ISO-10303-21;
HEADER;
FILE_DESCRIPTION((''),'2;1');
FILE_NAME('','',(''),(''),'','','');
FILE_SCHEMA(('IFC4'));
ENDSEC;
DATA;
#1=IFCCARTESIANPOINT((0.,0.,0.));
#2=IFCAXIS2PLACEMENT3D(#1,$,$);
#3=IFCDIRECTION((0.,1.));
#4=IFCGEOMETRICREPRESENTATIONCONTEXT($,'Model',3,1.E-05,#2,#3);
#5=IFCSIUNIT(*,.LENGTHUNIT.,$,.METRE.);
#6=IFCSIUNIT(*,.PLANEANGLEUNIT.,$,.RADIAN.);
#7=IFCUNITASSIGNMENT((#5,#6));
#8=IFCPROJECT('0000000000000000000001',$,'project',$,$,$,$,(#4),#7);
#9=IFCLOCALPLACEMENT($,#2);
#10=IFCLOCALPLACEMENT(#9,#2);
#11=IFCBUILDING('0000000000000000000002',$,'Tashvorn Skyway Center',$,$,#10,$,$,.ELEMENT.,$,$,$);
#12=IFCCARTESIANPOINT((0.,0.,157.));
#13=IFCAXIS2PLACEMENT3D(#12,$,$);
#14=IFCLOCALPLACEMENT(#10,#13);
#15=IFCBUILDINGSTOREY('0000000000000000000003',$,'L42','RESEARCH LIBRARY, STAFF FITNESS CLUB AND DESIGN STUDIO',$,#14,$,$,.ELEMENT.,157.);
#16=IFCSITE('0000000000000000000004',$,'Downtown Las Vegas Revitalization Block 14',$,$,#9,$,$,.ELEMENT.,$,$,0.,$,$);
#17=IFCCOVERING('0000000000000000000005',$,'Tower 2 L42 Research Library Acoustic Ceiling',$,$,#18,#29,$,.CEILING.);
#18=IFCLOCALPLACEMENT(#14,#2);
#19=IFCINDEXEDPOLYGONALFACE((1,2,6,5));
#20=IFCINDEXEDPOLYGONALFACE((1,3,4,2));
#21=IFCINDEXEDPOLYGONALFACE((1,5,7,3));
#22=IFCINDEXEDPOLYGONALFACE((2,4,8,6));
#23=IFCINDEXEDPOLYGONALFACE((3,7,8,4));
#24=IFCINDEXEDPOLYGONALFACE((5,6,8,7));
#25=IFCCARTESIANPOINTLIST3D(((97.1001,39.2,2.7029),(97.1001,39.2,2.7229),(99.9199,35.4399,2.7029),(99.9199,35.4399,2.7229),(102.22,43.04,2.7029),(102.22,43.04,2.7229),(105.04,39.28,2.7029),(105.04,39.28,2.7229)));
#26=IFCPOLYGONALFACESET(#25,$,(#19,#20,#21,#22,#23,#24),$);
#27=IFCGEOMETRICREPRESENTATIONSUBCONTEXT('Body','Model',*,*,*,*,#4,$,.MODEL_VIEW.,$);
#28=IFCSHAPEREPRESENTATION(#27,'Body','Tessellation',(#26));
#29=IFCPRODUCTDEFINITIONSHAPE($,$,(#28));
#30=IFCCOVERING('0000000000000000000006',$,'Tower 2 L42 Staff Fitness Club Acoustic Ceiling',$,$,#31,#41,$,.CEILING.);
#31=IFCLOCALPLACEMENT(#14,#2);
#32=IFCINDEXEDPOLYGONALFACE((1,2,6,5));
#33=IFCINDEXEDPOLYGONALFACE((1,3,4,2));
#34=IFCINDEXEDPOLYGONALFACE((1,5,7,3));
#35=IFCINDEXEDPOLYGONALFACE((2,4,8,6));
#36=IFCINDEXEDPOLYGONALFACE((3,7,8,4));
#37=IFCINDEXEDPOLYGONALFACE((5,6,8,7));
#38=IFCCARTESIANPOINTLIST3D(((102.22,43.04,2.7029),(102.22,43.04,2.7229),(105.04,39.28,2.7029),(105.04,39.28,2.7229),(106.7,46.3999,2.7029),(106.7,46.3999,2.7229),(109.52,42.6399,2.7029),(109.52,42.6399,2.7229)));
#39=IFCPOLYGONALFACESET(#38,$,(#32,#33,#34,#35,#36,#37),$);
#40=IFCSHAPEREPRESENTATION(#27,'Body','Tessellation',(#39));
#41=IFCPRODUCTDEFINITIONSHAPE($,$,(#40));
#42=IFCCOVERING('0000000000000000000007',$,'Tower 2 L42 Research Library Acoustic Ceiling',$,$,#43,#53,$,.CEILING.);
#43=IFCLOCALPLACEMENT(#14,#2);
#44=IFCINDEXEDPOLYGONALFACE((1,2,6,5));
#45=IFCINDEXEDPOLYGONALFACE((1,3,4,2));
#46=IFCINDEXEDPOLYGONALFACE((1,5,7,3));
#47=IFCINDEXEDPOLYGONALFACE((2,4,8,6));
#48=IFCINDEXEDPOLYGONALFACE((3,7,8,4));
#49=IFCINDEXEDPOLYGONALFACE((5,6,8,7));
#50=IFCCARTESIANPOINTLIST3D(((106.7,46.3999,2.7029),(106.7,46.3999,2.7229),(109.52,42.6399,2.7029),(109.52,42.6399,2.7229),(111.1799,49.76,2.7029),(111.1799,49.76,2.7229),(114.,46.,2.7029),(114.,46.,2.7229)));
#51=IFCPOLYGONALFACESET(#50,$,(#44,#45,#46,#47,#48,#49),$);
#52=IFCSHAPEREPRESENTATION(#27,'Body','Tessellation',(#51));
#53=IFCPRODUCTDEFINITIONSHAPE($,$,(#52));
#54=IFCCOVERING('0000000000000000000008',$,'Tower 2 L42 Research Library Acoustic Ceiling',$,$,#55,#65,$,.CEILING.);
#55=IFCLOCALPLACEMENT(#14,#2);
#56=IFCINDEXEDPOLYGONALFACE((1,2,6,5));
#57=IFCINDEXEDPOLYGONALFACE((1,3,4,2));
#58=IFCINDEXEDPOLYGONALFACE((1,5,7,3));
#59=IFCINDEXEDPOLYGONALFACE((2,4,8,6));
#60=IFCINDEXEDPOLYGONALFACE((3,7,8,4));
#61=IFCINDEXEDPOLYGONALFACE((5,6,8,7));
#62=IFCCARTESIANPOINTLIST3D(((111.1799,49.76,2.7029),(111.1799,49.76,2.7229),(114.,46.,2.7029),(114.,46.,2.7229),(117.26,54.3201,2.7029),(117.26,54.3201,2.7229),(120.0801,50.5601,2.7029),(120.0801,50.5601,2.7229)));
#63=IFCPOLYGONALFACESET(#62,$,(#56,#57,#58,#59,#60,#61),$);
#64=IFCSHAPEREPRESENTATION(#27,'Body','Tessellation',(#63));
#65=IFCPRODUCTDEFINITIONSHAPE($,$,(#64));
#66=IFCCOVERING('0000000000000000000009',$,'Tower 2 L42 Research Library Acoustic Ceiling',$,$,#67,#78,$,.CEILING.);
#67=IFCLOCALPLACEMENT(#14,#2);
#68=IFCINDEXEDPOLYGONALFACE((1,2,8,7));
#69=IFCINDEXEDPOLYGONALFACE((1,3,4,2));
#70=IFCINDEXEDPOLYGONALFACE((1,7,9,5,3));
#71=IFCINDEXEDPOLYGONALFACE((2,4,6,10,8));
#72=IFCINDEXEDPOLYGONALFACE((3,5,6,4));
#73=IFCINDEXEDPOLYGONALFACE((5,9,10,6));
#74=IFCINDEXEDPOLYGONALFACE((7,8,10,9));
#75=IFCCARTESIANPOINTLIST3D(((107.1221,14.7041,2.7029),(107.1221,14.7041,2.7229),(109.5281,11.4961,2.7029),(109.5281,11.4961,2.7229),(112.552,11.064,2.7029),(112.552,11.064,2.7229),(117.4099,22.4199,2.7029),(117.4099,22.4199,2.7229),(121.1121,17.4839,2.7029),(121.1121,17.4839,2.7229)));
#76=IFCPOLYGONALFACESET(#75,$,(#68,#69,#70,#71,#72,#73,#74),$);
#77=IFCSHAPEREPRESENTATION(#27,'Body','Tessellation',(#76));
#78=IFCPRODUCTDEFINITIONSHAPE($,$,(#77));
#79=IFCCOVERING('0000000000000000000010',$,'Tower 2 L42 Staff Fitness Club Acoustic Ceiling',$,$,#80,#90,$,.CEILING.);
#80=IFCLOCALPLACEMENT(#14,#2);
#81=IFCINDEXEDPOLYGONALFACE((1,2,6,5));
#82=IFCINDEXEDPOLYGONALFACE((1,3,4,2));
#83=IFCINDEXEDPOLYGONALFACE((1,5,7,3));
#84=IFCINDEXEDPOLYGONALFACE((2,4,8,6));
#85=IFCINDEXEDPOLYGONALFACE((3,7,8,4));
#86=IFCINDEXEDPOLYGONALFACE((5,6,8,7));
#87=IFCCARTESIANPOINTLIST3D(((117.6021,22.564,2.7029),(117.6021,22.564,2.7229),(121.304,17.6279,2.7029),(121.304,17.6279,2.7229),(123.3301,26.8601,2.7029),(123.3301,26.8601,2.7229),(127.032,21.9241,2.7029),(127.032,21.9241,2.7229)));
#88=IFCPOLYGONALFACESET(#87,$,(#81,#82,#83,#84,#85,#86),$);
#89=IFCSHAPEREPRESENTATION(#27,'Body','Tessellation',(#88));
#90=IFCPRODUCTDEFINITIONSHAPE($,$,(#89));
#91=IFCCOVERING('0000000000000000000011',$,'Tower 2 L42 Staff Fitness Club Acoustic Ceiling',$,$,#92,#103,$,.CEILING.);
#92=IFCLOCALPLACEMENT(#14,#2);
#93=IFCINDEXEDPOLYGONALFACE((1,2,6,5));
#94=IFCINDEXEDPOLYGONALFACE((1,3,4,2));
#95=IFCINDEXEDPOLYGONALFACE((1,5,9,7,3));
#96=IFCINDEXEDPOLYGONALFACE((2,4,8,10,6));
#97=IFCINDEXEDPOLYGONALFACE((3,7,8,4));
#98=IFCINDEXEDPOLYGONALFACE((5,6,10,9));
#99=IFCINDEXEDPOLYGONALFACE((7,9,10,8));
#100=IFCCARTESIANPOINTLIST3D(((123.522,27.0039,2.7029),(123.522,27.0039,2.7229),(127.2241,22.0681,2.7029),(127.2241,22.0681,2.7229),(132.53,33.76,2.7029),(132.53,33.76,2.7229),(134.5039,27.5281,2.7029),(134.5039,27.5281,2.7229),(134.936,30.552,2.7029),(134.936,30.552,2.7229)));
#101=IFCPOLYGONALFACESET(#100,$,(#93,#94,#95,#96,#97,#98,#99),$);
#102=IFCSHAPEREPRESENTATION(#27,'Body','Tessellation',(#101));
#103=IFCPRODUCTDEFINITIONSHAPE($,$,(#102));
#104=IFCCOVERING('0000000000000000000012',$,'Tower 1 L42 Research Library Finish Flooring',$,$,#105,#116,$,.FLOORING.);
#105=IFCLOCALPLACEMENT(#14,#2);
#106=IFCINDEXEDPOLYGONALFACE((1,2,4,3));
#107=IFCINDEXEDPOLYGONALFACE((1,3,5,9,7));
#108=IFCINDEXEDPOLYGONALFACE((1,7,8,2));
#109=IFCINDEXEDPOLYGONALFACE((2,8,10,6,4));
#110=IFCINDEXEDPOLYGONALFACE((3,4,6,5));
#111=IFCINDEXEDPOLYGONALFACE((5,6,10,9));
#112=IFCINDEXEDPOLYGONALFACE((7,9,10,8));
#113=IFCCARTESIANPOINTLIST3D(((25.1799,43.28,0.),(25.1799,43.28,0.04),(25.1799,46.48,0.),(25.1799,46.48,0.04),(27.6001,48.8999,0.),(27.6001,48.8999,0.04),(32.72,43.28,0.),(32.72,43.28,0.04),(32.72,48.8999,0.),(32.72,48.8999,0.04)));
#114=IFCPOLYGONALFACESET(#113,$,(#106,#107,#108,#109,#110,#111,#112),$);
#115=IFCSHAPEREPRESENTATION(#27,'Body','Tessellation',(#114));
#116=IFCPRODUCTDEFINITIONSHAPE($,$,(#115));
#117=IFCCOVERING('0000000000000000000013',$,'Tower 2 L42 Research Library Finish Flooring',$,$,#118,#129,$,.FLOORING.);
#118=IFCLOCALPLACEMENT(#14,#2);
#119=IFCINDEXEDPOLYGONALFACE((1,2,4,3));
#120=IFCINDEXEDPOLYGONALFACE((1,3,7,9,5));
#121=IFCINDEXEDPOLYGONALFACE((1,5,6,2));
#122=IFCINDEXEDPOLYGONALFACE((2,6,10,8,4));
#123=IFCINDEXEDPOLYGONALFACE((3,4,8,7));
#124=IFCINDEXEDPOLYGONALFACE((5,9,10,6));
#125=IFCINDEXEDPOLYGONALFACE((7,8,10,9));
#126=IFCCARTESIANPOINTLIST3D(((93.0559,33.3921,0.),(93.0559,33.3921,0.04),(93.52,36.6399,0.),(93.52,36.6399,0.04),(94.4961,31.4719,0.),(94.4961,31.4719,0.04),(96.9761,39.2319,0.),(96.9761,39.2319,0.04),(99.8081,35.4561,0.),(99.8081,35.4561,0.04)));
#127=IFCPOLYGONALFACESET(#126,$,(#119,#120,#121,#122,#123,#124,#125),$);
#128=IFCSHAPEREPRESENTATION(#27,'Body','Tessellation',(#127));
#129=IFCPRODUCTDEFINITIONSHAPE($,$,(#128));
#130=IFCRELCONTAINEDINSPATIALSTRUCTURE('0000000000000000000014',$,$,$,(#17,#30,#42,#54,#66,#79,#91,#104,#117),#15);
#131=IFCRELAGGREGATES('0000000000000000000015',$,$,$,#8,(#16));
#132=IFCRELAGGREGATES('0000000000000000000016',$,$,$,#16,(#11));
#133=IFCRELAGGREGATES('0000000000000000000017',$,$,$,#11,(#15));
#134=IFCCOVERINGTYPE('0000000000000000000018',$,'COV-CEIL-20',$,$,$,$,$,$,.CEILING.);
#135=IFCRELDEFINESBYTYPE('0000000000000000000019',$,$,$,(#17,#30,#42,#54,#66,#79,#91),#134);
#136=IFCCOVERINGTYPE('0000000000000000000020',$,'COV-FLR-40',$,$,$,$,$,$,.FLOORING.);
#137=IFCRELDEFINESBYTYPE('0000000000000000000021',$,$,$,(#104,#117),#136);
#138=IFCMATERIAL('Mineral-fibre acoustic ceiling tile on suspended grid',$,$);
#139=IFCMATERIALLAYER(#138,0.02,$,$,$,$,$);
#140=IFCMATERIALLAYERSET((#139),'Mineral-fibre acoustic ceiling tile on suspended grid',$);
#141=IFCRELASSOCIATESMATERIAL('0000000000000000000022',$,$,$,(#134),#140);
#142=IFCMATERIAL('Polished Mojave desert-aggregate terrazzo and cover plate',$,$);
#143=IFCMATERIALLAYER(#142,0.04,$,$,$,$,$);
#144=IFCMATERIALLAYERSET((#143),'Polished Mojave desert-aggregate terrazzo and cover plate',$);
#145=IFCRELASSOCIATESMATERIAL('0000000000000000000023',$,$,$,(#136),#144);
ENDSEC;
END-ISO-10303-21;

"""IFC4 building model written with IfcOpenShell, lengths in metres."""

from ifc_helpers import new_model, si_unit, direction, frame, origin, place, context, subcontext, project, spatial, polyline, outline, extrude, material, layer, layer_set, type_object, element, save


model = new_model("IFC4")

# Units and contexts
model_context = context("Model", 3, precision=1e-05, world=origin(), true_north=direction((0.0, 1.0)))
body_context = subcontext(model_context, "Body", "Model", "MODEL_VIEW")
ifc_project = project(units=[si_unit("LENGTHUNIT", "METRE"), si_unit("PLANEANGLEUNIT", "RADIAN")], contexts=[model_context])

# Site, building, storey
site_placement = place(None, origin())
site = spatial("IfcSite", under=ifc_project, at=site_placement, Name="Downtown Las Vegas Revitalization Block 14", CompositionType="ELEMENT", RefElevation=0.0)
building_placement = place(site_placement, origin())
building = spatial("IfcBuilding", under=site, at=building_placement, Name="Tashvorn Skyway Center", CompositionType="ELEMENT")
storey_placement = place(building_placement, frame((0.0, 0.0, 157.0)))
storey = spatial("IfcBuildingStorey", under=building, at=storey_placement, Name="L42", Description="RESEARCH LIBRARY, STAFF FITNESS CLUB AND DESIGN STUDIO", CompositionType="ELEMENT", Elevation=157.0)

# Coverings
ifc_material_1 = material(Name="Mineral-fibre acoustic ceiling tile on suspended grid")
ifc_layer_1 = layer(ifc_material_1, 0.02)
ifc_layer_set_1 = layer_set([ifc_layer_1], Name="Mineral-fibre acoustic ceiling tile on suspended grid")
covering_type_1 = type_object("IfcCoveringType", Name="COV-CEIL-20", PredefinedType="CEILING", material=ifc_layer_set_1)
covering_1_placement = place(storey_placement, frame((0.0, 0.0, 2.7029)))
element("IfcCovering", 1, at=covering_1_placement, inside=storey, type_object=covering_type_1, Name="Tower 2 L42 Research Library Acoustic Ceiling", PredefinedType="CEILING", context=body_context, shape_type="SweptSolid", body=[
    extrude(outline(polyline([(99.9199, 35.4399), (105.04, 39.28), (102.22, 43.04), (97.1001, 39.2), (99.9199, 35.4399)])), origin(), (0.0, 0.0, 1.0), 0.02),
])
covering_2_placement = place(storey_placement, frame((0.0, 0.0, 2.7029)))
element("IfcCovering", 2, at=covering_2_placement, inside=storey, type_object=covering_type_1, Name="Tower 2 L42 Staff Fitness Club Acoustic Ceiling", PredefinedType="CEILING", context=body_context, shape_type="SweptSolid", body=[
    extrude(outline(polyline([(105.04, 39.28), (109.52, 42.6399), (106.7, 46.3999), (102.22, 43.04), (105.04, 39.28)])), origin(), (0.0, 0.0, 1.0), 0.02),
])
covering_3_placement = place(storey_placement, frame((0.0, 0.0, 2.7029)))
element("IfcCovering", 3, at=covering_3_placement, inside=storey, type_object=covering_type_1, Name="Tower 2 L42 Research Library Acoustic Ceiling", PredefinedType="CEILING", context=body_context, shape_type="SweptSolid", body=[
    extrude(outline(polyline([(109.52, 42.6399), (114.0, 46.0), (111.1799, 49.76), (106.7, 46.3999), (109.52, 42.6399)])), origin(), (0.0, 0.0, 1.0), 0.02),
])
covering_4_placement = place(storey_placement, frame((0.0, 0.0, 2.7029)))
element("IfcCovering", 4, at=covering_4_placement, inside=storey, type_object=covering_type_1, Name="Tower 2 L42 Research Library Acoustic Ceiling", PredefinedType="CEILING", context=body_context, shape_type="SweptSolid", body=[
    extrude(outline(polyline([(114.0, 46.0), (120.0801, 50.5601), (117.26, 54.3201), (111.1799, 49.76), (114.0, 46.0)])), origin(), (0.0, 0.0, 1.0), 0.02),
])
covering_5_placement = place(storey_placement, frame((0.0, 0.0, 2.7029)))
element("IfcCovering", 5, at=covering_5_placement, inside=storey, type_object=covering_type_1, Name="Tower 2 L42 Research Library Acoustic Ceiling", PredefinedType="CEILING", context=body_context, shape_type="SweptSolid", body=[
    extrude(outline(polyline([(107.1221, 14.7041), (117.4099, 22.4199), (121.1121, 17.4839), (112.552, 11.064), (109.5281, 11.4961), (107.1221, 14.7041)])), origin(), (0.0, 0.0, 1.0), 0.02),
])
covering_6_placement = place(storey_placement, frame((0.0, 0.0, 2.7029)))
element("IfcCovering", 6, at=covering_6_placement, inside=storey, type_object=covering_type_1, Name="Tower 2 L42 Staff Fitness Club Acoustic Ceiling", PredefinedType="CEILING", context=body_context, shape_type="SweptSolid", body=[
    extrude(outline(polyline([(117.6021, 22.564), (123.3301, 26.8601), (127.032, 21.9241), (121.304, 17.6279), (117.6021, 22.564)])), origin(), (0.0, 0.0, 1.0), 0.02),
])
covering_7_placement = place(storey_placement, frame((0.0, 0.0, 2.7029)))
element("IfcCovering", 7, at=covering_7_placement, inside=storey, type_object=covering_type_1, Name="Tower 2 L42 Staff Fitness Club Acoustic Ceiling", PredefinedType="CEILING", context=body_context, shape_type="SweptSolid", body=[
    extrude(outline(polyline([(127.2241, 22.0681), (123.522, 27.0039), (132.53, 33.76), (134.936, 30.552), (134.5039, 27.5281), (127.2241, 22.0681)])), origin(), (0.0, 0.0, 1.0), 0.02),
])
ifc_material_2 = material(Name="Polished Mojave desert-aggregate terrazzo and cover plate")
ifc_layer_2 = layer(ifc_material_2, 0.04)
ifc_layer_set_2 = layer_set([ifc_layer_2], Name="Polished Mojave desert-aggregate terrazzo and cover plate")
covering_type_2 = type_object("IfcCoveringType", Name="COV-FLR-40", PredefinedType="FLOORING", material=ifc_layer_set_2)
covering_8_placement = place(storey_placement, origin())
element("IfcCovering", 8, at=covering_8_placement, inside=storey, type_object=covering_type_2, Name="Tower 1 L42 Research Library Finish Flooring", PredefinedType="FLOORING", context=body_context, shape_type="SweptSolid", body=[
    extrude(outline(polyline([(32.72, 43.28), (25.1799, 43.28), (25.1799, 46.48), (27.6001, 48.8999), (32.72, 48.8999), (32.72, 43.28)])), origin(), (0.0, 0.0, 1.0), 0.04),
])
covering_9_placement = place(storey_placement, origin())
element("IfcCovering", 9, at=covering_9_placement, inside=storey, type_object=covering_type_2, Name="Tower 2 L42 Research Library Finish Flooring", PredefinedType="FLOORING", context=body_context, shape_type="SweptSolid", body=[
    extrude(outline(polyline([(99.8081, 35.4561), (94.4961, 31.4719), (93.0559, 33.3921), (93.52, 36.6399), (96.9761, 39.2319), (99.8081, 35.4561)])), origin(), (0.0, 0.0, 1.0), 0.04),
])

save(model, "model.ifc")
